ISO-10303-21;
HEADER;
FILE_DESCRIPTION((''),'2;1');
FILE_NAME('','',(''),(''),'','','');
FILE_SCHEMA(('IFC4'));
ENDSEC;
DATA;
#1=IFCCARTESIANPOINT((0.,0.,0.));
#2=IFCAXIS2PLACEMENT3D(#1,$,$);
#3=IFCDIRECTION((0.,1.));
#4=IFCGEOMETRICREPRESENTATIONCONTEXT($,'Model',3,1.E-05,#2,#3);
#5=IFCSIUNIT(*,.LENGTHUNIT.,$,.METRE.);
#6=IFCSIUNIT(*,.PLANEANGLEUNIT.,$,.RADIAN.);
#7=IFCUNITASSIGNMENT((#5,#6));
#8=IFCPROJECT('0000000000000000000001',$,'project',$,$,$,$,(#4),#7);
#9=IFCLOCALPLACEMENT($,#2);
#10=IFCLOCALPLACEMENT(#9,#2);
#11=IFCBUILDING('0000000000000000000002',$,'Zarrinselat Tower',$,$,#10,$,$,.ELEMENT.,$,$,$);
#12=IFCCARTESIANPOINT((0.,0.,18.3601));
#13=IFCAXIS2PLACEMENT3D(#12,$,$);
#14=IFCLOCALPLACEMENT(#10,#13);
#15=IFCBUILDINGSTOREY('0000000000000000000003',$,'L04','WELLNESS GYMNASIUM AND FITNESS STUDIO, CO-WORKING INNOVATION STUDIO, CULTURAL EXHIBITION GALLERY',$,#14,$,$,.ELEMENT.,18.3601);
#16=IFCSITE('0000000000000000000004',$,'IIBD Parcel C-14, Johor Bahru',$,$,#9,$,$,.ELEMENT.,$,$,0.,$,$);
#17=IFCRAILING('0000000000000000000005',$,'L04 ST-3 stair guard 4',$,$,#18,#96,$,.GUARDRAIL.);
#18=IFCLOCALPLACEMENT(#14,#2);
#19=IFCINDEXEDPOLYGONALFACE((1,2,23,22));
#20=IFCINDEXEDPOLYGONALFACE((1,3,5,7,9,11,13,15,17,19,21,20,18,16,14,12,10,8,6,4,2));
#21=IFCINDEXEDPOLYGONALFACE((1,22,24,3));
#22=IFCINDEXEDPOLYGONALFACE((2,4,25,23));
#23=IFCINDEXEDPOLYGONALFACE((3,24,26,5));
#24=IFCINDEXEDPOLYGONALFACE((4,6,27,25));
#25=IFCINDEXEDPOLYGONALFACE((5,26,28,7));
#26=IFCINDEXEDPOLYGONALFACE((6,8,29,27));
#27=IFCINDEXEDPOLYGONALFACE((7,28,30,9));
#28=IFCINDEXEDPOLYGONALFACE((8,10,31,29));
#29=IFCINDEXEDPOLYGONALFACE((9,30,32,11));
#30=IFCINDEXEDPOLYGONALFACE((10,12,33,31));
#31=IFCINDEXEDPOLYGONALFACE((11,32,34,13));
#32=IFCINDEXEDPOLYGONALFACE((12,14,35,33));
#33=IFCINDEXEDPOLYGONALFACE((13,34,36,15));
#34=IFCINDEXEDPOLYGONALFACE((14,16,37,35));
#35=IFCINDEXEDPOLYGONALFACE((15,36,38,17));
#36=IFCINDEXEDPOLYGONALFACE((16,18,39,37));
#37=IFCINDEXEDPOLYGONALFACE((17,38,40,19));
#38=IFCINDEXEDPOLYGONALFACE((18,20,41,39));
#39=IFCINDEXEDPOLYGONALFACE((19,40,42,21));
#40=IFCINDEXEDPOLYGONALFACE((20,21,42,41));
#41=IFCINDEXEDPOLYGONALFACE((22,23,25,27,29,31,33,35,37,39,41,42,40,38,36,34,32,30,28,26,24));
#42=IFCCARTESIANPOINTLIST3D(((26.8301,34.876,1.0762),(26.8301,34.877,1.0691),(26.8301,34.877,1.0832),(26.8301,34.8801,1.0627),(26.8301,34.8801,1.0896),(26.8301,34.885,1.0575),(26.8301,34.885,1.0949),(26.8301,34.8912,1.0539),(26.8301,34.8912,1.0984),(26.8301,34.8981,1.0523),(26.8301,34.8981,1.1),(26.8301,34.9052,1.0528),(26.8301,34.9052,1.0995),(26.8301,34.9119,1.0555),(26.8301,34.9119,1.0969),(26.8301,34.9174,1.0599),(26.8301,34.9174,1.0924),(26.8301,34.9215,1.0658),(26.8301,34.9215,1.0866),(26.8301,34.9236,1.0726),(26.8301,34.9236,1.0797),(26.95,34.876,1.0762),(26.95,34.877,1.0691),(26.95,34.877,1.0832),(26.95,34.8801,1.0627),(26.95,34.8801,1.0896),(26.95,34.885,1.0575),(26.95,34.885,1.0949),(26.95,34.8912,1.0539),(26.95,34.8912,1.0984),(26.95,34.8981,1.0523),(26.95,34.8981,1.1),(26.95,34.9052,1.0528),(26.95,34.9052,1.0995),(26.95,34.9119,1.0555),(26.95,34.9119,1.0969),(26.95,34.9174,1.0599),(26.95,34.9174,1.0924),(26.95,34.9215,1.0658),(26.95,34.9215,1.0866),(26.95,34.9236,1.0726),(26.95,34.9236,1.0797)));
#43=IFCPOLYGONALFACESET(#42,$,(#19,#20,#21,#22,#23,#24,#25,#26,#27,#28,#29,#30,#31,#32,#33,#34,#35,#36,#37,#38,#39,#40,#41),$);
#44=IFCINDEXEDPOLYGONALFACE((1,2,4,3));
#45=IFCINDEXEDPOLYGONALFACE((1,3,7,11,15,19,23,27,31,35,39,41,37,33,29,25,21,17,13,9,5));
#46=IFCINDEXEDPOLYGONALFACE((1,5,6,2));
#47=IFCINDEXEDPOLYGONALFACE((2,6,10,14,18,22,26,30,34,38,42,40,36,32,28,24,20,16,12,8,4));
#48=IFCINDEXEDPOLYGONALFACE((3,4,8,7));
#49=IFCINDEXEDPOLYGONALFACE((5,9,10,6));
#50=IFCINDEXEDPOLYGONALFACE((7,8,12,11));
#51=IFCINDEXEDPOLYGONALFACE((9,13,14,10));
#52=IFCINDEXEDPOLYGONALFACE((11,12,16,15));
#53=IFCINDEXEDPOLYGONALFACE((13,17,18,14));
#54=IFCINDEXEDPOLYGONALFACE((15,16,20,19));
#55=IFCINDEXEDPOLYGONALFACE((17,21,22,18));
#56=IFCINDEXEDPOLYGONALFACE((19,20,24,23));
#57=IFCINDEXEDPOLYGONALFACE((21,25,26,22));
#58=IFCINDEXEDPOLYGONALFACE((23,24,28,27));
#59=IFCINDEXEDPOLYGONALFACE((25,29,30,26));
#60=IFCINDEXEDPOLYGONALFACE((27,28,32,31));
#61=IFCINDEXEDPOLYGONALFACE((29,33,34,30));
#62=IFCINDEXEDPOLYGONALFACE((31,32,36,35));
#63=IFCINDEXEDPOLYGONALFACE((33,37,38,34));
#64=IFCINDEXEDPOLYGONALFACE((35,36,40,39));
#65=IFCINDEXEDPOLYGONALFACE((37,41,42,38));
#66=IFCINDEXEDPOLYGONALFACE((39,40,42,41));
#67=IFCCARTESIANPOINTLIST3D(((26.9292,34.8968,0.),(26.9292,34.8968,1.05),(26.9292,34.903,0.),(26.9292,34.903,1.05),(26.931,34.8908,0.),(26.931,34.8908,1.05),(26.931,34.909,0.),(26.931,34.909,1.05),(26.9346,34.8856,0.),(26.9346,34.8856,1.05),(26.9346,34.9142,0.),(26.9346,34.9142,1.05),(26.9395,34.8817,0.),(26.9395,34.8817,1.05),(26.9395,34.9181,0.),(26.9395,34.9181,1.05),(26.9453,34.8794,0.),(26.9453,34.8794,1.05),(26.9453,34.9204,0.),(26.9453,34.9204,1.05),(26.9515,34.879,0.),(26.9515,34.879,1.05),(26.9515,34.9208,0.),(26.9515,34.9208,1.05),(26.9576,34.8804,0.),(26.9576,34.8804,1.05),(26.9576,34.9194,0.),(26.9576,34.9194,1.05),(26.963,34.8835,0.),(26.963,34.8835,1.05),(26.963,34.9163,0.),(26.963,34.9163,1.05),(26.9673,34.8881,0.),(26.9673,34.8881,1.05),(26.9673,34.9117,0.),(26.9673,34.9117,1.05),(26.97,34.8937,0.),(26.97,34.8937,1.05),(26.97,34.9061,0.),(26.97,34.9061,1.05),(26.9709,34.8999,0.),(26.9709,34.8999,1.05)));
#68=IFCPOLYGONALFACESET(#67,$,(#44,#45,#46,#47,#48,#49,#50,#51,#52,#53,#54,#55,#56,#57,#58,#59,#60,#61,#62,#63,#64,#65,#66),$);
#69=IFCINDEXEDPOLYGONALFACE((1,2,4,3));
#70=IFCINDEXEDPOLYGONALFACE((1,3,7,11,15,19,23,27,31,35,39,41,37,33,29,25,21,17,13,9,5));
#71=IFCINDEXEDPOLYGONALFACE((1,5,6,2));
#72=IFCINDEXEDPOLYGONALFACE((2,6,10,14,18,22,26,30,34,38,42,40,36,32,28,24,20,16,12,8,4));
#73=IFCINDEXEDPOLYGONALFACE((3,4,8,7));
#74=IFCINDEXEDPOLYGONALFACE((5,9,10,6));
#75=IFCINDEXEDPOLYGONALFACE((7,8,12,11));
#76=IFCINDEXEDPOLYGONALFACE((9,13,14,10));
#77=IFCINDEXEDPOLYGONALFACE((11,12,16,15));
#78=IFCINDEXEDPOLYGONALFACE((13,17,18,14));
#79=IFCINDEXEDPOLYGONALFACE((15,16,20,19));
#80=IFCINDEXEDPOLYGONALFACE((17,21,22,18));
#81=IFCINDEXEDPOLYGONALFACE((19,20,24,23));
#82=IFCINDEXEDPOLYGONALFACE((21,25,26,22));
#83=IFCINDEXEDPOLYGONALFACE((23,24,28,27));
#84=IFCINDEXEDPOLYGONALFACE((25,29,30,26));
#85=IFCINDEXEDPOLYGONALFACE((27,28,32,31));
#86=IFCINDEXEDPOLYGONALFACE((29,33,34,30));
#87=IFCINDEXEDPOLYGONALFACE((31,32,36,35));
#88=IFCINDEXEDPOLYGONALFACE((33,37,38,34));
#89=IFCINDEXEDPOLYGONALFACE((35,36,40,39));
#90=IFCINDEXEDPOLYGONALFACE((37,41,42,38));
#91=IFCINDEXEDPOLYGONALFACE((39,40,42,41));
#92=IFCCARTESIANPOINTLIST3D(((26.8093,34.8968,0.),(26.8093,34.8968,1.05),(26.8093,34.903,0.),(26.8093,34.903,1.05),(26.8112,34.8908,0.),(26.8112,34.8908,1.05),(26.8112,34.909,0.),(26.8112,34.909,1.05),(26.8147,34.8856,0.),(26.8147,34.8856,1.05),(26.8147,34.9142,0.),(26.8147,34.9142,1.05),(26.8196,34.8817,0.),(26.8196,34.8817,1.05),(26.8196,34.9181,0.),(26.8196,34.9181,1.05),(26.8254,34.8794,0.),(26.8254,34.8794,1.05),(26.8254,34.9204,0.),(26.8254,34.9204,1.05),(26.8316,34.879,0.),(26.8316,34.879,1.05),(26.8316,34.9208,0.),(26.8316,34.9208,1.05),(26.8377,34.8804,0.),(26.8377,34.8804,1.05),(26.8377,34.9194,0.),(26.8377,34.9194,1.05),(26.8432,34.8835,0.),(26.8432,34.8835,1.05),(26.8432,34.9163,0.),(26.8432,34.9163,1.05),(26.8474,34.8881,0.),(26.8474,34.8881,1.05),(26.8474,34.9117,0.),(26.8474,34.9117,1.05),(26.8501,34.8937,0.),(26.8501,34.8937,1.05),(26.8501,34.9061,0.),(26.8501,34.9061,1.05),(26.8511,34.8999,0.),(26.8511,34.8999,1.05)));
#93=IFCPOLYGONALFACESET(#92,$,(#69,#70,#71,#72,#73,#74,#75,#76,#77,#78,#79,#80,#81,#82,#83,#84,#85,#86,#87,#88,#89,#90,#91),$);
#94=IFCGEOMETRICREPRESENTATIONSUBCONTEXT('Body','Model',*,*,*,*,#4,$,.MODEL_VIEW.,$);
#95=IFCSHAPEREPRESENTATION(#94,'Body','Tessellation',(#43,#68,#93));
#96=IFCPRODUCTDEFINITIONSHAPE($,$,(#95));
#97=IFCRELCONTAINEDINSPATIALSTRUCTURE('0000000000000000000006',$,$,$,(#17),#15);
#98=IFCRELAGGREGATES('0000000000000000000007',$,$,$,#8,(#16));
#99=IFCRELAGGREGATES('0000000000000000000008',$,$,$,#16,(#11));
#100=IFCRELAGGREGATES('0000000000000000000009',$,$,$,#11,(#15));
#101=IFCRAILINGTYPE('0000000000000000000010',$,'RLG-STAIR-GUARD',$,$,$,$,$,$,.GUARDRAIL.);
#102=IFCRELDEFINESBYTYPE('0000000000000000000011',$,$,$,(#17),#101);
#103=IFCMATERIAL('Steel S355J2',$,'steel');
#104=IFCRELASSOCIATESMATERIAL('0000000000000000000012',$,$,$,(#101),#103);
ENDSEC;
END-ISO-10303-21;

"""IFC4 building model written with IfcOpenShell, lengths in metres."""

from ifc_helpers import new_model, si_unit, direction, frame, origin, origin_2d, place, context, subcontext, project, spatial, circle, extrude, material, type_object, element, save


model = new_model("IFC4")

# Units and contexts
model_context = context("Model", 3, precision=1e-05, world=origin(), true_north=direction((0.0, 1.0)))
body_context = subcontext(model_context, "Body", "Model", "MODEL_VIEW")
ifc_project = project(units=[si_unit("LENGTHUNIT", "METRE"), si_unit("PLANEANGLEUNIT", "RADIAN")], contexts=[model_context])

# Site, building, storey
site_placement = place(None, origin())
site = spatial("IfcSite", under=ifc_project, at=site_placement, Name="IIBD Parcel C-14, Johor Bahru", CompositionType="ELEMENT", RefElevation=0.0)
building_placement = place(site_placement, origin())
building = spatial("IfcBuilding", under=site, at=building_placement, Name="Zarrinselat Tower", CompositionType="ELEMENT")
storey_placement = place(building_placement, frame((0.0, 0.0, 18.3601)))
storey = spatial("IfcBuildingStorey", under=building, at=storey_placement, Name="L04", Description="WELLNESS GYMNASIUM AND FITNESS STUDIO, CO-WORKING INNOVATION STUDIO, CULTURAL EXHIBITION GALLERY", CompositionType="ELEMENT", Elevation=18.3601)

# Railing
ifc_material_1 = material(Name="Steel S355J2", Category="steel")
railing_type_1 = type_object("IfcRailingType", Name="RLG-STAIR-GUARD", PredefinedType="GUARDRAIL", material=ifc_material_1)
railing_1_placement = place(storey_placement, frame((26.95, 34.8999, 0.0)))
element("IfcRailing", 1, at=railing_1_placement, inside=storey, type_object=railing_type_1, Name="L04 ST-3 stair guard 4", PredefinedType="GUARDRAIL", context=body_context, shape_type="SweptSolid", body=[
    extrude(circle(Radius=0.0239, at=origin_2d()), frame((0.0, 0.0, 1.0762), z_axis=(-1.0, 0.0, 0.0), x_axis=(0.0, -1.0, 0.0)), (0.0, 0.0, 1.0), 0.1199),
    extrude(circle(Radius=0.021, at=origin_2d()), origin(), (0.0, 0.0, 1.0), 1.05),
    extrude(circle(Radius=0.021, at=origin_2d()), frame((-0.1199, 0.0, 0.0)), (0.0, 0.0, 1.0), 1.05),
])

save(model, "model.ifc")
